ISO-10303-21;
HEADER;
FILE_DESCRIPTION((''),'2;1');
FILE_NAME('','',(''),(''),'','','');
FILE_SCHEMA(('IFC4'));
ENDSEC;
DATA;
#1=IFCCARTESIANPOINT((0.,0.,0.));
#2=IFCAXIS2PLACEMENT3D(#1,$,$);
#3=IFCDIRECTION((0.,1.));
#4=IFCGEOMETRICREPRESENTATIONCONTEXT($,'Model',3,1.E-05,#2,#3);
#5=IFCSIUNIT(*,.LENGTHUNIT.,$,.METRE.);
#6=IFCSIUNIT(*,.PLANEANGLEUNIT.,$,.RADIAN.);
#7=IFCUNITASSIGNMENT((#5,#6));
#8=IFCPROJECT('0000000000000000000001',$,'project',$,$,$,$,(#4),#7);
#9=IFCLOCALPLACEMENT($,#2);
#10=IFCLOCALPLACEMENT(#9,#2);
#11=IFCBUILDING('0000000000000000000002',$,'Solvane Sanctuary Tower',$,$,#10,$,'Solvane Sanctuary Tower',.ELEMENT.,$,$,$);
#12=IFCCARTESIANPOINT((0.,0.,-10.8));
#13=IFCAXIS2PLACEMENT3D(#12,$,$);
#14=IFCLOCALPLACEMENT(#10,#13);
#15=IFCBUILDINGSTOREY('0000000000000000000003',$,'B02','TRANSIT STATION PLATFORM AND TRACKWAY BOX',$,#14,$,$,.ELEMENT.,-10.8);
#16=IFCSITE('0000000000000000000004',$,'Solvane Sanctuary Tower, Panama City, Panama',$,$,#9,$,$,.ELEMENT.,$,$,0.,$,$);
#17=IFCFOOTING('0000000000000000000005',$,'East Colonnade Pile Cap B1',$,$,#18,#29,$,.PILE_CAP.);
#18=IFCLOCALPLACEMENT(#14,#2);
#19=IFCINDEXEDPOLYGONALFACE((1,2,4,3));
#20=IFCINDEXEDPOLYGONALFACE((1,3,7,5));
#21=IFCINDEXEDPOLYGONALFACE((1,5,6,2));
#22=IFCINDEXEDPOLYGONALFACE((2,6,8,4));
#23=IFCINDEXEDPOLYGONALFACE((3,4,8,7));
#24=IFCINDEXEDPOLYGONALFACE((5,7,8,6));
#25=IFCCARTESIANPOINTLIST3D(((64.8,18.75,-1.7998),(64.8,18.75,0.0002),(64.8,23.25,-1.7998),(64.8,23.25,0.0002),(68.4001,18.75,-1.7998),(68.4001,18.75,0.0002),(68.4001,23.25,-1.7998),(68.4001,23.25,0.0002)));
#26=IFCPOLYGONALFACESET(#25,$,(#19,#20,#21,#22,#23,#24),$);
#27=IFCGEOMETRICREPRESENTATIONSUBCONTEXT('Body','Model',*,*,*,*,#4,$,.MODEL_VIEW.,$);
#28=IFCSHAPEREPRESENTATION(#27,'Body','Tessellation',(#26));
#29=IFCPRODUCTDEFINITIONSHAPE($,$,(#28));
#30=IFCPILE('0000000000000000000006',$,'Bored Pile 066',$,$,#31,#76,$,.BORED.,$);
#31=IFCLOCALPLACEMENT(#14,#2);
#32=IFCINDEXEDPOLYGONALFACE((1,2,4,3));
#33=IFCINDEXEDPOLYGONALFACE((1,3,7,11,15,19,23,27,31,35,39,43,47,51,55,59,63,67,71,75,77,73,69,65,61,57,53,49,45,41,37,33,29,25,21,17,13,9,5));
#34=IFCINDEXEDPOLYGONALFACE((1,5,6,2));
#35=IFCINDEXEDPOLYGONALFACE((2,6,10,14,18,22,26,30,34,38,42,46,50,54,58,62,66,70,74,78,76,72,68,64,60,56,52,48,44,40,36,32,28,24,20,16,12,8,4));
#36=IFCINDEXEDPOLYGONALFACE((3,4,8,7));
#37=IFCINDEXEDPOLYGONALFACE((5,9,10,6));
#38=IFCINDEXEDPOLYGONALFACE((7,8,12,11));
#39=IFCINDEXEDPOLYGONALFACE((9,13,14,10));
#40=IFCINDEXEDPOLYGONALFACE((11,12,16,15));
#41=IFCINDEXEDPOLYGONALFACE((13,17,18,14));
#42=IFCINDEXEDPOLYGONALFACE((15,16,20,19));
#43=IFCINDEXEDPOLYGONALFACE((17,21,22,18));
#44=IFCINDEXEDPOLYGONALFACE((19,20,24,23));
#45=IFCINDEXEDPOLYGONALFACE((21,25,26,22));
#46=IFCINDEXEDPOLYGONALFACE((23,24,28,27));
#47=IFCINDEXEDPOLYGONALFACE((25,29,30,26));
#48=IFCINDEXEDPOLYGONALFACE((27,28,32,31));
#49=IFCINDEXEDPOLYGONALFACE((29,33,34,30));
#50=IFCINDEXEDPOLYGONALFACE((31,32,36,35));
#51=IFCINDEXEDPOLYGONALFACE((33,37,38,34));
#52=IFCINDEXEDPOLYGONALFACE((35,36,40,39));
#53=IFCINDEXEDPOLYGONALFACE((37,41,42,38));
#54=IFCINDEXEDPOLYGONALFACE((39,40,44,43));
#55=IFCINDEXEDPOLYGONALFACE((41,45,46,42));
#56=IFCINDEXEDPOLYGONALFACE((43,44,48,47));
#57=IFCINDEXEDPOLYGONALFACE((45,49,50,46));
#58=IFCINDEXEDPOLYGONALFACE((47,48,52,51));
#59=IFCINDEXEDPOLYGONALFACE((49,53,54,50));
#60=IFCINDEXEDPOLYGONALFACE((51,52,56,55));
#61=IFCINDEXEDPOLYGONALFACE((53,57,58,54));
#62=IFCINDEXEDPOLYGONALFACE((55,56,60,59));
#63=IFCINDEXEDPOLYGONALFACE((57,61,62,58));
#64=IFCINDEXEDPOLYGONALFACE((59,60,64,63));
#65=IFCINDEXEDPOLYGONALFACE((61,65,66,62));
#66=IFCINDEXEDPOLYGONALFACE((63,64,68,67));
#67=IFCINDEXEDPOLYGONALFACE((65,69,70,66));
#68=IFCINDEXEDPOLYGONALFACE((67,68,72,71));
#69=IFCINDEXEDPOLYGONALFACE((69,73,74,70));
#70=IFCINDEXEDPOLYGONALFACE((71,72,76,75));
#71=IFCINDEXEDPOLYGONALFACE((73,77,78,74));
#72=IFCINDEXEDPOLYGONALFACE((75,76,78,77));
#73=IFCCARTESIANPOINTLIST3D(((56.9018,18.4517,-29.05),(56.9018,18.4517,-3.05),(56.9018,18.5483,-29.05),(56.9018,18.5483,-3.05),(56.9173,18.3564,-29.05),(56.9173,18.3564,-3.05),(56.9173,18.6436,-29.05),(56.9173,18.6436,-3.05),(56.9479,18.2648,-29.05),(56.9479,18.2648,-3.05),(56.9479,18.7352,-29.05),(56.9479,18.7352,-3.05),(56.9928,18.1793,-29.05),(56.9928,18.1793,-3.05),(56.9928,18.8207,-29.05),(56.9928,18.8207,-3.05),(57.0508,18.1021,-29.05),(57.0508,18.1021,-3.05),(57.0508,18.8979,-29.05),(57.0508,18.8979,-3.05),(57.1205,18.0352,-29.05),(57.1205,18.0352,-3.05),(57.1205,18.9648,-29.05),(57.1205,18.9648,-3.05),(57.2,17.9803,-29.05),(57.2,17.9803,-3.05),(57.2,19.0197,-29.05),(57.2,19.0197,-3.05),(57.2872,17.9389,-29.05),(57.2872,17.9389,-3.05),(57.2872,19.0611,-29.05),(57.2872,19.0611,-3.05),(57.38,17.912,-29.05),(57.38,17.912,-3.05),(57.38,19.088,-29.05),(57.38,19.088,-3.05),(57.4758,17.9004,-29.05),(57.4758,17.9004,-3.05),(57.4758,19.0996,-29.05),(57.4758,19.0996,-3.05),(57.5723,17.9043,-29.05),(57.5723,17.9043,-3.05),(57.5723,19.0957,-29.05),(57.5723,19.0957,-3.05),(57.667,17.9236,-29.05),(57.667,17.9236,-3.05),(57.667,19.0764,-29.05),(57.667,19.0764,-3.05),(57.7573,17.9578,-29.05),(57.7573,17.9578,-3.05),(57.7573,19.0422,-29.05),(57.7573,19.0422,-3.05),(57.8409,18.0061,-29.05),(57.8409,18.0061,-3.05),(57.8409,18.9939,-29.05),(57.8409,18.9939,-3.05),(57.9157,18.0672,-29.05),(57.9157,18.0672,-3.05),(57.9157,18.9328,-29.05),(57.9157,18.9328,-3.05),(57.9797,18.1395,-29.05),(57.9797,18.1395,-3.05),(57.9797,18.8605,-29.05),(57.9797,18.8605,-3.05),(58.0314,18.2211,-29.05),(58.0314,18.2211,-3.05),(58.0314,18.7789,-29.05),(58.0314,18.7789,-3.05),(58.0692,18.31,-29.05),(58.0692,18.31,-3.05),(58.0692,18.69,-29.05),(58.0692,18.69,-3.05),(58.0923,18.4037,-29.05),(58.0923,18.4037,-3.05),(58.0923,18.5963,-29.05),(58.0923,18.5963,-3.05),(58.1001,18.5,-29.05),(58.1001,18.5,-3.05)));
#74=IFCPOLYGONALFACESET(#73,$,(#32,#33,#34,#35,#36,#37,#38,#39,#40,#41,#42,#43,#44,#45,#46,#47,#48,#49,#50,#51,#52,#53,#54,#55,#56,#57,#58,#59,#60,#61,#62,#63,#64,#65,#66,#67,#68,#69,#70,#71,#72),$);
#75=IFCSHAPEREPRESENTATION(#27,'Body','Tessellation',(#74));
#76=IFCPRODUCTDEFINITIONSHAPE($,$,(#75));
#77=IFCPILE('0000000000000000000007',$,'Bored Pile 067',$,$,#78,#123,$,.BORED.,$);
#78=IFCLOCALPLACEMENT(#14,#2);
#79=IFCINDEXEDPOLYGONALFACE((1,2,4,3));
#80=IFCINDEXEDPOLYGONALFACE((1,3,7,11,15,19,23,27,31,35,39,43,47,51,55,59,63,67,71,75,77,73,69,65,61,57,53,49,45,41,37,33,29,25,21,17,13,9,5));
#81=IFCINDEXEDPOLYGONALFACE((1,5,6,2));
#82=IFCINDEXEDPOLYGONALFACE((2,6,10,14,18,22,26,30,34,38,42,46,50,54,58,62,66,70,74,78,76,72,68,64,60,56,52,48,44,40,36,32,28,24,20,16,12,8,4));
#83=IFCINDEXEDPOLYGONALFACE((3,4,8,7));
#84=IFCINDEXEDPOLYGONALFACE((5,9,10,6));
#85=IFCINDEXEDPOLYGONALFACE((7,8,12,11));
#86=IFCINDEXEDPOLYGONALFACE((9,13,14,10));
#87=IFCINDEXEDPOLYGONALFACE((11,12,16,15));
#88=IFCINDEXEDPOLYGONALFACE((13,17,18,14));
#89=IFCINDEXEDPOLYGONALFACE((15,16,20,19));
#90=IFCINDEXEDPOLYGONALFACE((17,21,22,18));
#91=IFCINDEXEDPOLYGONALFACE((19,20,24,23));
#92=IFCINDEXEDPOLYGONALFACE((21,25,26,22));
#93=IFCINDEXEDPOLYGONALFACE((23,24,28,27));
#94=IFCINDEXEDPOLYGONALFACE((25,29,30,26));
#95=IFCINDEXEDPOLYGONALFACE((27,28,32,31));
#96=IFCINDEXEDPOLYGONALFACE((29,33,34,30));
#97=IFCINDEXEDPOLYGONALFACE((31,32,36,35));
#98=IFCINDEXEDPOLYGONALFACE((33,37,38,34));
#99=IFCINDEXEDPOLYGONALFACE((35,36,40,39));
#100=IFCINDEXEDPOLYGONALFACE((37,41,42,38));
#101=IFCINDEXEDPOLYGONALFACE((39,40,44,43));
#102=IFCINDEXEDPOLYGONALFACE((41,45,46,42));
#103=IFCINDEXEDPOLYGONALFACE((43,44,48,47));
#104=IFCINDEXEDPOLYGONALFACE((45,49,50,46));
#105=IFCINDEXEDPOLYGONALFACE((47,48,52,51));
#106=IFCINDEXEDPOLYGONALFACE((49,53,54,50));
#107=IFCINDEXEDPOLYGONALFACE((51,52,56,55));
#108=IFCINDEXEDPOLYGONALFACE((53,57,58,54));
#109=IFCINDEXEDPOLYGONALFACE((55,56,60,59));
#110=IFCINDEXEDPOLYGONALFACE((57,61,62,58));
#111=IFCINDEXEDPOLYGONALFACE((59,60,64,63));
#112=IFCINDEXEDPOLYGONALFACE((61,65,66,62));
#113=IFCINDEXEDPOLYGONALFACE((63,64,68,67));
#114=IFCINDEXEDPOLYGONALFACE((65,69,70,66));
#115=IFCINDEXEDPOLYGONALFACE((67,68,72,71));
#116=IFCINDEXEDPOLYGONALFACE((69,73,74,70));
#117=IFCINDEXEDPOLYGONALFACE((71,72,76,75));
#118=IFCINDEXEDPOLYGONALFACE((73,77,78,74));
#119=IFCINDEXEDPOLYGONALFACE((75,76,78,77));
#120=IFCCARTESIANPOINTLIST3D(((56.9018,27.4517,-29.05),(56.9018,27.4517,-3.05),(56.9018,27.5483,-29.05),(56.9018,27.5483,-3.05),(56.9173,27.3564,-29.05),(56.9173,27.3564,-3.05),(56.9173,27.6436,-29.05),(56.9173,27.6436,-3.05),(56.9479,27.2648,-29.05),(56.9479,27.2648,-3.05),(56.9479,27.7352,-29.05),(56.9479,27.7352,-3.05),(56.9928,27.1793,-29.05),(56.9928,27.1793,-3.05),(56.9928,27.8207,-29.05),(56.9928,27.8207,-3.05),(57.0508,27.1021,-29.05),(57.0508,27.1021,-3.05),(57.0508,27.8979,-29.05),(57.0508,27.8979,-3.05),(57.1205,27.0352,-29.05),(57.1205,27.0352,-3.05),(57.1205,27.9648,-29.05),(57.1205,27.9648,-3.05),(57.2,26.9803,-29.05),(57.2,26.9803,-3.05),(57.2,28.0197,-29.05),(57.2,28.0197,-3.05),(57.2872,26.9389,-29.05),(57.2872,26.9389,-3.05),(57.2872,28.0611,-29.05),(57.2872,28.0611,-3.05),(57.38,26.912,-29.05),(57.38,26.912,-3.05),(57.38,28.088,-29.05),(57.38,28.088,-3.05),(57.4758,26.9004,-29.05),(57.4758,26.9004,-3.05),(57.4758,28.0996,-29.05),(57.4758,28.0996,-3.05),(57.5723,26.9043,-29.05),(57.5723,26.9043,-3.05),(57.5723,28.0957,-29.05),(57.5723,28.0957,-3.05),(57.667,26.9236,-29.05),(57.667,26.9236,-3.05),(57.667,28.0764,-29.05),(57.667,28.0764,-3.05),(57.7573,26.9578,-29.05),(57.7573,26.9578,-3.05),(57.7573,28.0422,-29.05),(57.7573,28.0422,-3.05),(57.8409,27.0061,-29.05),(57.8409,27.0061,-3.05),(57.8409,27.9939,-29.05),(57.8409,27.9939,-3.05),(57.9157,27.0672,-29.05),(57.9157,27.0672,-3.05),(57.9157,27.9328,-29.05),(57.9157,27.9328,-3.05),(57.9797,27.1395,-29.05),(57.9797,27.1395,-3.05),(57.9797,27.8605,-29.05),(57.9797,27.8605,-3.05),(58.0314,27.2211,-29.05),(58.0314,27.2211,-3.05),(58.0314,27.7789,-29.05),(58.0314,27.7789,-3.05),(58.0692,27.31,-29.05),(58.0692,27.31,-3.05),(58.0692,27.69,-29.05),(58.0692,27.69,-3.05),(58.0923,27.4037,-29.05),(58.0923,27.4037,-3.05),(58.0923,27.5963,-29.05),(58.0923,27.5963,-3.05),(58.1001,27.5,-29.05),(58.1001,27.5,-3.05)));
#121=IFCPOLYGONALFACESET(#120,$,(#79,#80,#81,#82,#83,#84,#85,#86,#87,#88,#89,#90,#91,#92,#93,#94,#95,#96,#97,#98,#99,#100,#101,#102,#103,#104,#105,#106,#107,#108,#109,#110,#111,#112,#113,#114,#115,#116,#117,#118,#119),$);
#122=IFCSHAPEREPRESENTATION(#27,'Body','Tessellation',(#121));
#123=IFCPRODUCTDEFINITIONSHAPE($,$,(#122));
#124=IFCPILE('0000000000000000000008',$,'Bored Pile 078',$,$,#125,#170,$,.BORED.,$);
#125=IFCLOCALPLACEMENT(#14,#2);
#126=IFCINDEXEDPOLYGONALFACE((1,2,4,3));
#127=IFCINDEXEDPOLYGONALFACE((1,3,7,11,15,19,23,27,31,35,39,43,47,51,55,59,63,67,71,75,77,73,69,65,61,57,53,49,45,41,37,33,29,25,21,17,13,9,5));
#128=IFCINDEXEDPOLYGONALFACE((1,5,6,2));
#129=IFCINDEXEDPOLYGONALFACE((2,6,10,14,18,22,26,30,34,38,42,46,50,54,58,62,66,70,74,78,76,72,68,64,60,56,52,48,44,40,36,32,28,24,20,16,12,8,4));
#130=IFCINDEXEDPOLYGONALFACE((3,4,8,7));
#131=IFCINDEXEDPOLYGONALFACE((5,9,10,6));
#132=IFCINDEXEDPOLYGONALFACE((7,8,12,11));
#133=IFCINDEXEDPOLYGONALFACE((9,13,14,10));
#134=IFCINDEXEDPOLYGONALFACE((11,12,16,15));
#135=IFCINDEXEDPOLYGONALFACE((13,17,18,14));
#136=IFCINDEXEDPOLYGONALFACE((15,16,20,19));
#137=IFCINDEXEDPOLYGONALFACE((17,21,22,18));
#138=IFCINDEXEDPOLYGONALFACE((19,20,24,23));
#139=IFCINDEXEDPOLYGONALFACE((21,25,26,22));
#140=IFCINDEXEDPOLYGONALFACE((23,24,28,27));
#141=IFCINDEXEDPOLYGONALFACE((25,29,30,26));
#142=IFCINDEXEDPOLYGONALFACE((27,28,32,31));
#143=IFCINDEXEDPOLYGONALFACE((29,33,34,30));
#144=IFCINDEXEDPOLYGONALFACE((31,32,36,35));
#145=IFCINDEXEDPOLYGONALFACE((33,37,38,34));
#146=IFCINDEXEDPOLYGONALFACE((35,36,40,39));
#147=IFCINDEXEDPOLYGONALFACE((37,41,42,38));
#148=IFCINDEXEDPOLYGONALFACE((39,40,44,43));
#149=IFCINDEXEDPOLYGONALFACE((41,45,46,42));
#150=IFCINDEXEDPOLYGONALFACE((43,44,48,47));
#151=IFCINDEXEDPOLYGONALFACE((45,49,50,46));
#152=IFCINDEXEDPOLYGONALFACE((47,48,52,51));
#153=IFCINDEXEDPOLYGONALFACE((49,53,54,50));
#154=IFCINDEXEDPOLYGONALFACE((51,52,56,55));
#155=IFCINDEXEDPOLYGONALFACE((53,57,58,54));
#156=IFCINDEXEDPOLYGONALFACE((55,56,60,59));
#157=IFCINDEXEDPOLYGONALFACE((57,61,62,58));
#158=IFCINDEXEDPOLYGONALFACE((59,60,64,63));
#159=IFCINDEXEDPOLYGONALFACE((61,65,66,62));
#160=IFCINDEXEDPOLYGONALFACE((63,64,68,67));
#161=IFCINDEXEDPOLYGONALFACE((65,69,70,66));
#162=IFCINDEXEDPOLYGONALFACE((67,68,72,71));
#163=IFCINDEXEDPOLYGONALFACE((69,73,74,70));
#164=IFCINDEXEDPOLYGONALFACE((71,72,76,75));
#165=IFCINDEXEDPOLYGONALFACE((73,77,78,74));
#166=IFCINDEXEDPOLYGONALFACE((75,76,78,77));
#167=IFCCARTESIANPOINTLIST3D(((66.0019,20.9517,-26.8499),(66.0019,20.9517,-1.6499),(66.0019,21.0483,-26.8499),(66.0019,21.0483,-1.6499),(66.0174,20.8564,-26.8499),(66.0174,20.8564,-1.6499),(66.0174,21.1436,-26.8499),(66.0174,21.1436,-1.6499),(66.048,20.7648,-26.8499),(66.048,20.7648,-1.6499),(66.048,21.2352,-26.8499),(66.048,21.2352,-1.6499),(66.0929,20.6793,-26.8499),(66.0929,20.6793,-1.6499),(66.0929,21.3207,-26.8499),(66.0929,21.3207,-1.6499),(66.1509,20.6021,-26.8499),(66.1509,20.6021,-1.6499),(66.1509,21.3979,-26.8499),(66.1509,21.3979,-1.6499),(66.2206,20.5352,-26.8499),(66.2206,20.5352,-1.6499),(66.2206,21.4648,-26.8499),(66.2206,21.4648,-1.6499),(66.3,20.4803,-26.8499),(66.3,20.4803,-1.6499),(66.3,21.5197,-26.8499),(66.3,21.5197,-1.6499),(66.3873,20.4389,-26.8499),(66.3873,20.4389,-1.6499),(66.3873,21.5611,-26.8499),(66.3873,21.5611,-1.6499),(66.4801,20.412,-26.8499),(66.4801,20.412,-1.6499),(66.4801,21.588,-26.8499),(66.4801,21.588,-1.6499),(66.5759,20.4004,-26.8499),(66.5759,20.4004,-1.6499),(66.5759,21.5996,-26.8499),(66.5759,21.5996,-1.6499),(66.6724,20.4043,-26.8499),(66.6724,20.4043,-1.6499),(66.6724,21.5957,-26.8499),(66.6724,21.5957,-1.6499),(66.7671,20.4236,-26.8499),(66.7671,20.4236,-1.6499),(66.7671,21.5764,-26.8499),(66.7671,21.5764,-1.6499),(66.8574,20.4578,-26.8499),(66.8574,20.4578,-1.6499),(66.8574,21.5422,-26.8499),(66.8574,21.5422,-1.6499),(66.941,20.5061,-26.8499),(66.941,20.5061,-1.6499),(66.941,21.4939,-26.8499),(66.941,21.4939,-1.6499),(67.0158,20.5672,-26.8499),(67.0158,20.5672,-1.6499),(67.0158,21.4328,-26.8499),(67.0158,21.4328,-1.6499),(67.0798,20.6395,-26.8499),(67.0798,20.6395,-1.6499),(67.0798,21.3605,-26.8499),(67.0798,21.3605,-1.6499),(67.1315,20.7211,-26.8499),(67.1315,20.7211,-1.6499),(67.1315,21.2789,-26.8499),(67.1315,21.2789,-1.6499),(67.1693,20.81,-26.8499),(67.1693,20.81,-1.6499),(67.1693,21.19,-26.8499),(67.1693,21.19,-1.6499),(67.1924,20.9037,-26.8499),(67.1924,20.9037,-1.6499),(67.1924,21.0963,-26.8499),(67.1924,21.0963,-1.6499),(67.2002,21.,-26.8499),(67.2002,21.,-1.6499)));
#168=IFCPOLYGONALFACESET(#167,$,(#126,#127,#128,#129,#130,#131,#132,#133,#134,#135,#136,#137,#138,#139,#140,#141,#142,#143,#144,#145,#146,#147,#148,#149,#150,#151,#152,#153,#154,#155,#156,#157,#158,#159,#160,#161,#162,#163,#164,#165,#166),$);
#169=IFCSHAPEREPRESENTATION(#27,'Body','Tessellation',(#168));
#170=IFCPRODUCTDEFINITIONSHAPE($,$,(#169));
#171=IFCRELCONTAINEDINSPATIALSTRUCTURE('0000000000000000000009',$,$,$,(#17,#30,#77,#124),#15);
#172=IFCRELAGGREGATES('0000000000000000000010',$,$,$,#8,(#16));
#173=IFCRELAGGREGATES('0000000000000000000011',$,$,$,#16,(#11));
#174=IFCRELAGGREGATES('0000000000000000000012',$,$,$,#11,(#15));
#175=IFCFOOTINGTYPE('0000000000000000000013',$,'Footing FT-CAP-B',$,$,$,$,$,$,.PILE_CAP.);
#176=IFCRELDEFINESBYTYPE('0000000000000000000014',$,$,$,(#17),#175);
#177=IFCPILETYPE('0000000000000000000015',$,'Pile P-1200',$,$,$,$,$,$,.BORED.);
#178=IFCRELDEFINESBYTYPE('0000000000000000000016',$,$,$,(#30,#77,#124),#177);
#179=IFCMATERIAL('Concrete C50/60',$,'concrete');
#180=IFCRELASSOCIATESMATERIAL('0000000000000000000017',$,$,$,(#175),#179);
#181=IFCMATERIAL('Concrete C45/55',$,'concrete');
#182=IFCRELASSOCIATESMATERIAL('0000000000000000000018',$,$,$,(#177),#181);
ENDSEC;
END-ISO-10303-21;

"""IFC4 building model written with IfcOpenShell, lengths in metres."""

from ifc_helpers import new_model, si_unit, direction, frame, origin, origin_2d, place, context, subcontext, project, spatial, rectangle, circle, extrude, material, material_profile, profile_set, type_object, element, save


model = new_model("IFC4")

# Units and contexts
model_context = context("Model", 3, precision=1e-05, world=origin(), true_north=direction((0.0, 1.0)))
body_context = subcontext(model_context, "Body", "Model", "MODEL_VIEW")
ifc_project = project(units=[si_unit("LENGTHUNIT", "METRE"), si_unit("PLANEANGLEUNIT", "RADIAN")], contexts=[model_context])

# Site, building, storey
site_placement = place(None, origin())
site = spatial("IfcSite", under=ifc_project, at=site_placement, Name="Solvane Sanctuary Tower, Panama City, Panama", CompositionType="ELEMENT", RefElevation=0.0)
building_placement = place(site_placement, origin())
building = spatial("IfcBuilding", under=site, at=building_placement, Name="Solvane Sanctuary Tower", LongName="Solvane Sanctuary Tower", CompositionType="ELEMENT")
storey_placement = place(building_placement, frame((0.0, 0.0, -10.8)))
storey = spatial("IfcBuildingStorey", under=building, at=storey_placement, Name="B02", Description="TRANSIT STATION PLATFORM AND TRACKWAY BOX", CompositionType="ELEMENT", Elevation=-10.8)

# Footing
ifc_material_1 = material(Name="Concrete C50/60", Category="concrete")
footing_type = type_object("IfcFootingType", Name="Footing FT-CAP-B", PredefinedType="PILE_CAP", material=ifc_material_1)
footing_placement = place(storey_placement, frame((66.6001, 21.0, -1.7998), z_axis=(0.0, 0.0, 1.0), x_axis=(1.0, 0.0, 0.0)))
element("IfcFooting", 1, at=footing_placement, inside=storey, type_object=footing_type, Name="East Colonnade Pile Cap B1", PredefinedType="PILE_CAP", context=body_context, shape_type="SweptSolid", body=[
    extrude(rectangle(XDim=3.6001, YDim=4.5, at=origin_2d()), origin(), (0.0, 0.0, 1.0), 1.8),
])

# Piles
ifc_material_2 = material(Name="Concrete C45/55", Category="concrete")
ifc_material_profile_1 = material_profile(ifc_material_2, circle(Radius=0.6001, at=origin_2d()), Name="PILE1200")
ifc_profile_set_1 = profile_set([ifc_material_profile_1], Name="Concrete C45/55")
pile_type_1 = type_object("IfcPileType", Name="Pile P-1200", PredefinedType="BORED", material=ifc_profile_set_1)
for number, where, z_axis, x_axis, name in (
    (2, (57.5, 18.5, -3.05), (0.0, 0.0, -1.0), (1.0, 0.0, 0.0), "Bored Pile 066"),
    (3, (57.5, 27.5, -3.05), (0.0, 0.0, -1.0), (1.0, 0.0, 0.0), "Bored Pile 067"),
):
    element("IfcPile", number, at=place(storey_placement, frame(where, z_axis=z_axis, x_axis=x_axis)), inside=storey, type_object=pile_type_1, Name=name, PredefinedType="BORED", context=body_context, shape_type="SweptSolid", body=[
        extrude(circle(Radius=0.6001, at=origin_2d()), origin(), (0.0, 0.0, 1.0), 26.0),
    ])
pile_placement = place(storey_placement, frame((66.6001, 21.0, -1.6499), z_axis=(0.0, 0.0, -1.0), x_axis=(1.0, 0.0, 0.0)))
element("IfcPile", 4, at=pile_placement, inside=storey, type_object=pile_type_1, Name="Bored Pile 078", PredefinedType="BORED", context=body_context, shape_type="SweptSolid", body=[
    extrude(circle(Radius=0.6001, at=origin_2d()), origin(), (0.0, 0.0, 1.0), 25.2),
])

save(model, "model.ifc")
